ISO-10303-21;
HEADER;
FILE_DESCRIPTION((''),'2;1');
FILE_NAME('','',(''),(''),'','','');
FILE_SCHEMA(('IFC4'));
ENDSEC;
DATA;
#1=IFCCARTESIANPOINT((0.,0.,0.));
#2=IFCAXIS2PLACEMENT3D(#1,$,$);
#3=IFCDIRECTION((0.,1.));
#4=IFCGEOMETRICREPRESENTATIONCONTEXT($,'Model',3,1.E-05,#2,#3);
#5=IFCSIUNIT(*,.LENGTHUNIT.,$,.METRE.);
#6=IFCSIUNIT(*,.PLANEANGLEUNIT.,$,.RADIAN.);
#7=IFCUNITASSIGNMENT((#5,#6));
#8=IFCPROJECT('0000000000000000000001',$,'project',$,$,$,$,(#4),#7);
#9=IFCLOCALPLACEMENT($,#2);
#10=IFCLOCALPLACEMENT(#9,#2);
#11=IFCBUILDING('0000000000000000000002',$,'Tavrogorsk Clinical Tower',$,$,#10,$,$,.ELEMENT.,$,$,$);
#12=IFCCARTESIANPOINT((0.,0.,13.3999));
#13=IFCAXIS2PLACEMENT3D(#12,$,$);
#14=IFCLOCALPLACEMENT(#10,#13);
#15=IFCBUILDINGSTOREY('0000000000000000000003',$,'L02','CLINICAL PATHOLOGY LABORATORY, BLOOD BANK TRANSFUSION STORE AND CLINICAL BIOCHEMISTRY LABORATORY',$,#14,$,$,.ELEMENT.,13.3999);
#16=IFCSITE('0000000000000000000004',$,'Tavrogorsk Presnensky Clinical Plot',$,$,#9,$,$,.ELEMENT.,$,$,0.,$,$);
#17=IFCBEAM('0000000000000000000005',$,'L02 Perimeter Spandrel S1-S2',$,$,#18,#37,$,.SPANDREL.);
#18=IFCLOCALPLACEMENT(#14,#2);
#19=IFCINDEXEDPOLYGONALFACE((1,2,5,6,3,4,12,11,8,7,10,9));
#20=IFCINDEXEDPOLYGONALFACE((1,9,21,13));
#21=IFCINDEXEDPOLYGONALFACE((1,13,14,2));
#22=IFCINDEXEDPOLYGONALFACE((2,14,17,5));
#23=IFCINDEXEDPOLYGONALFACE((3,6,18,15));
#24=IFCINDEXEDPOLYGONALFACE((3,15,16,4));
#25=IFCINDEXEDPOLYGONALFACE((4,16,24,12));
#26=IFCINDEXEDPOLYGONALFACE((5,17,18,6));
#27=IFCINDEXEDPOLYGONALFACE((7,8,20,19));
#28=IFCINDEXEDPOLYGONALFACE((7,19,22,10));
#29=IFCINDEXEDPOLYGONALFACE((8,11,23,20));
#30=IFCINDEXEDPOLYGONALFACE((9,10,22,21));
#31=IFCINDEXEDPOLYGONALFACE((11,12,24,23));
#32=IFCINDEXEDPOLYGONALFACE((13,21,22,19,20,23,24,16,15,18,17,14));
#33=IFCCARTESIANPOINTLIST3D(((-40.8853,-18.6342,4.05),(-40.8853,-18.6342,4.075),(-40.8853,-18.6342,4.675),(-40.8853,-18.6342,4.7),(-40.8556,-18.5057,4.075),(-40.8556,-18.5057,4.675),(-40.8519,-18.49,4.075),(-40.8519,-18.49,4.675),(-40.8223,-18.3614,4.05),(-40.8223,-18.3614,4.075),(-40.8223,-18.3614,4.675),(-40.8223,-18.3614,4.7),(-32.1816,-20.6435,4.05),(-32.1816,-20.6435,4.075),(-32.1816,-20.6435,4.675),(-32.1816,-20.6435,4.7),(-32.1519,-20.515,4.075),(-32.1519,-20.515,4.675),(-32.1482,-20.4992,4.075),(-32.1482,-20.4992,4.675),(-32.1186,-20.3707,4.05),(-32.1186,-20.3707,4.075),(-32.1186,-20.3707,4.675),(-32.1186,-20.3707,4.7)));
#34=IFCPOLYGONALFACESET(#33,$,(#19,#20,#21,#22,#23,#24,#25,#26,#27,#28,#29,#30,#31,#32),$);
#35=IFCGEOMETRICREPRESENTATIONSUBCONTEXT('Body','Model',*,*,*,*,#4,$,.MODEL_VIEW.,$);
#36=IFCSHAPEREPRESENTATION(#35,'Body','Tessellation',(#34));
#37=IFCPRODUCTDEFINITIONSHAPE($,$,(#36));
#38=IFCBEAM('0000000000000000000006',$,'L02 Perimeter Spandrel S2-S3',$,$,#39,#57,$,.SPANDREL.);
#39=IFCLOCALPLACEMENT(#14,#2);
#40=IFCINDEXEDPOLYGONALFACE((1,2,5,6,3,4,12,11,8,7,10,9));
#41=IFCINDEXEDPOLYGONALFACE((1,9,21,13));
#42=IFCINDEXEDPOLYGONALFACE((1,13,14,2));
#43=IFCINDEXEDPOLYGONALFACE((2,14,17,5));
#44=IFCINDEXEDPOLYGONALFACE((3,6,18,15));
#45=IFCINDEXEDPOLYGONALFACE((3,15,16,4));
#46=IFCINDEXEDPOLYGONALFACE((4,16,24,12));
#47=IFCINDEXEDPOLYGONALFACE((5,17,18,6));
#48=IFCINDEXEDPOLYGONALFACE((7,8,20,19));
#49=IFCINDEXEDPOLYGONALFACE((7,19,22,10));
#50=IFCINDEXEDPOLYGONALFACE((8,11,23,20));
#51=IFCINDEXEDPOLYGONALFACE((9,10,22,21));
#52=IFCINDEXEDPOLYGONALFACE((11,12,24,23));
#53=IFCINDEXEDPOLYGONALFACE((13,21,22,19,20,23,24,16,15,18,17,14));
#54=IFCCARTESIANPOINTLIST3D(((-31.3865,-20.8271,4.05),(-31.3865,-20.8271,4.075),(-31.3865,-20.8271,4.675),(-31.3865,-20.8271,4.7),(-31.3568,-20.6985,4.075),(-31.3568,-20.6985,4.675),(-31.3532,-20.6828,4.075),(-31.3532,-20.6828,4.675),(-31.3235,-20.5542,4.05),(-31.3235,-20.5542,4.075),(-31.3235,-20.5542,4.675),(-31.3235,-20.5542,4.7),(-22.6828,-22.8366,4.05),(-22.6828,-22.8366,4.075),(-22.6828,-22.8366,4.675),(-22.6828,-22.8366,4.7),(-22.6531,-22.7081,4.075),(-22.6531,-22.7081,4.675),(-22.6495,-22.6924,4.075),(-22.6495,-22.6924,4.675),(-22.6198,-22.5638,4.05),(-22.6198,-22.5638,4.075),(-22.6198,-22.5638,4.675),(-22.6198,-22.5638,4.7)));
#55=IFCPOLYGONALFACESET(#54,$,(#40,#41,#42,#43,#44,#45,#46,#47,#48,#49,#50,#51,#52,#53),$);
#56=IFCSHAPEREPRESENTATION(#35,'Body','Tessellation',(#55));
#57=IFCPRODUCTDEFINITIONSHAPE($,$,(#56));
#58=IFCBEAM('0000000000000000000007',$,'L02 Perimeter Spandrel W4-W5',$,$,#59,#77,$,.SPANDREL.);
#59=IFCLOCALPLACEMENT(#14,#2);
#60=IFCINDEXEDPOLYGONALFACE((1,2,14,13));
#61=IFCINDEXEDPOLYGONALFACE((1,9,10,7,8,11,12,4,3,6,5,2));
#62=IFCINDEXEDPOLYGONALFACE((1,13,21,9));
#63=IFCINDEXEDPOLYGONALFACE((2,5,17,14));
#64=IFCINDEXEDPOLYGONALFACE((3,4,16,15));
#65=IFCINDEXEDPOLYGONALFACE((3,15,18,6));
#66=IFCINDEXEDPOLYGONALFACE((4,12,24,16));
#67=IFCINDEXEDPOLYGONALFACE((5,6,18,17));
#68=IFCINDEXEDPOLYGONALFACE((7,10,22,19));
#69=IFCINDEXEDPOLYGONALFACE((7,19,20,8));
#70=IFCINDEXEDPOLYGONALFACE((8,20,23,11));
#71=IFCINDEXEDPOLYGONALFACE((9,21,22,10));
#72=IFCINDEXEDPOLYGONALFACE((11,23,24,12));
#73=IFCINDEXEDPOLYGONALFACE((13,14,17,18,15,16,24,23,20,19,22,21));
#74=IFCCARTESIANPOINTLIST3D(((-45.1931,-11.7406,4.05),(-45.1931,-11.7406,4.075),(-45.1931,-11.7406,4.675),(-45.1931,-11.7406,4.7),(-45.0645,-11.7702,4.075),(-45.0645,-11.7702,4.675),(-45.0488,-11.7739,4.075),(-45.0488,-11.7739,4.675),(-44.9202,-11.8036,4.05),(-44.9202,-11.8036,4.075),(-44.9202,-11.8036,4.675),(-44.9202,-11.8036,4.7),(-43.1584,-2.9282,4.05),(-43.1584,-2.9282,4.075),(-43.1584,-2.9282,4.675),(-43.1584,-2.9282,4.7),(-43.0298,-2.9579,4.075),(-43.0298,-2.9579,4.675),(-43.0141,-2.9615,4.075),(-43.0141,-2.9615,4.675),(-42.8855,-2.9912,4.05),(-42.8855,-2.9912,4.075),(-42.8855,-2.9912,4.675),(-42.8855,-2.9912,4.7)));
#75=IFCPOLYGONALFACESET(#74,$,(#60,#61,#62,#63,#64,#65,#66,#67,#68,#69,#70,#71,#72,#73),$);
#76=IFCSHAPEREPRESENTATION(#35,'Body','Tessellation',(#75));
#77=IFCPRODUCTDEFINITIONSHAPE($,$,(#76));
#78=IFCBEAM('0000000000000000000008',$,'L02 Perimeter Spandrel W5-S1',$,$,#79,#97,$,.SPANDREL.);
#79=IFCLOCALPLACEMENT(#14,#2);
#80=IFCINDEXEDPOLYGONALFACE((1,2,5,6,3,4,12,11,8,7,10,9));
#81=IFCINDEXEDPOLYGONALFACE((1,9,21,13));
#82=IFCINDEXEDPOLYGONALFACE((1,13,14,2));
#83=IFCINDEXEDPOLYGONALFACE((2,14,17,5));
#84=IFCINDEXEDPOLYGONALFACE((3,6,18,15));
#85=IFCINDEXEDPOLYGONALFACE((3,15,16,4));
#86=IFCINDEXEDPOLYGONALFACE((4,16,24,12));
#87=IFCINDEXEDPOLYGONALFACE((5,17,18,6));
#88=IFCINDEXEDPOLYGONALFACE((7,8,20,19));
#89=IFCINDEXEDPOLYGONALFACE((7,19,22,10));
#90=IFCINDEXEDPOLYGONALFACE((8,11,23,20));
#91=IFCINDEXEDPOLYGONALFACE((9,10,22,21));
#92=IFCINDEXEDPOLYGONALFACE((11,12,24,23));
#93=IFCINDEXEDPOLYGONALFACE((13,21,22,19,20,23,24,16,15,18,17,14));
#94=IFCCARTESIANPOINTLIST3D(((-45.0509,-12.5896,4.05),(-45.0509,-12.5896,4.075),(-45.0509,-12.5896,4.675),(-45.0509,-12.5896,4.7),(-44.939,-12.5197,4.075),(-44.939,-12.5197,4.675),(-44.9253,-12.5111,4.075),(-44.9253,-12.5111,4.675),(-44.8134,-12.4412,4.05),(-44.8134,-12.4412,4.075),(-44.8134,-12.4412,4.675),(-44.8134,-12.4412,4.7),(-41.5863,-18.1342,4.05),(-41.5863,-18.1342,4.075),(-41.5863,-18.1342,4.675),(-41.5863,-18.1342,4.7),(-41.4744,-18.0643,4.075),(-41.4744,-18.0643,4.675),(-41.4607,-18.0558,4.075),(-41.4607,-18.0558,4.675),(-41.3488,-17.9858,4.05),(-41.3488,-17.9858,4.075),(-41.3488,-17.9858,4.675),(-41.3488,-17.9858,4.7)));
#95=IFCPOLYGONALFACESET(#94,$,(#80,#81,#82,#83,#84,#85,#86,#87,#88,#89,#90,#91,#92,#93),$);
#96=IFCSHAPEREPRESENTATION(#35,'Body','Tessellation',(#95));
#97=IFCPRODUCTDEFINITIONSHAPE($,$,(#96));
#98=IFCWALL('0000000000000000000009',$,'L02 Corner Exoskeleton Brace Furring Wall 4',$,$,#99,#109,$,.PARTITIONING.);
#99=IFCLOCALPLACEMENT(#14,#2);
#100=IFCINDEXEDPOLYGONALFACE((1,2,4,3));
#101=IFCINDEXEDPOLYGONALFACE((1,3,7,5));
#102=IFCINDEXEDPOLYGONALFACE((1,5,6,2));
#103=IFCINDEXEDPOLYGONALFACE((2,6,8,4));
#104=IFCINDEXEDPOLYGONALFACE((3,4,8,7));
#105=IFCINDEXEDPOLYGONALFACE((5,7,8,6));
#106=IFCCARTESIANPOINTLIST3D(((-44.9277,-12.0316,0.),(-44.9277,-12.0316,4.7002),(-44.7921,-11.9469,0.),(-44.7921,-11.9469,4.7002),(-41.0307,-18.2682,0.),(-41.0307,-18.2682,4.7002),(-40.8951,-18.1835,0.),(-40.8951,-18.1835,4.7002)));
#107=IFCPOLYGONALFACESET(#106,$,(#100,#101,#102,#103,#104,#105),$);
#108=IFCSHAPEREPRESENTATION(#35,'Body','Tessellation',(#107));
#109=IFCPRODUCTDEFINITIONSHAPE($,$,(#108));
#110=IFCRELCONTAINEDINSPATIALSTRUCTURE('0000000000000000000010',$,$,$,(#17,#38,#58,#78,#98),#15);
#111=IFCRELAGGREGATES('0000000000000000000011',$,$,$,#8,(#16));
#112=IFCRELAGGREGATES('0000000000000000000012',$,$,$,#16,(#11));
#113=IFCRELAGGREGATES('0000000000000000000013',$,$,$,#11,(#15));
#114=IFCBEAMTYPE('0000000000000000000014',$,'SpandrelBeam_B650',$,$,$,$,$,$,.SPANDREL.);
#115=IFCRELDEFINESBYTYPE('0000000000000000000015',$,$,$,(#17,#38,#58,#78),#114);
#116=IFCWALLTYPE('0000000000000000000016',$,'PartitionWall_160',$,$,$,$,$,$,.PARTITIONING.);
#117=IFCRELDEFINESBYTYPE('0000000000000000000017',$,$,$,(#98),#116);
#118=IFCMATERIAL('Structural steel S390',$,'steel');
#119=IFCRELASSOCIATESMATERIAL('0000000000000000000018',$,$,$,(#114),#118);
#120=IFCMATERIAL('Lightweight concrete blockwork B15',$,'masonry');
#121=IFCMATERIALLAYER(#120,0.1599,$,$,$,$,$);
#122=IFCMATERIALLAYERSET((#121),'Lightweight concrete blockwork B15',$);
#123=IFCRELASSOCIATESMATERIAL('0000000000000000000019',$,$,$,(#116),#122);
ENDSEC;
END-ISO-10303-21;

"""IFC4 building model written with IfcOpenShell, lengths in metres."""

from ifc_helpers import new_model, si_unit, direction, frame, frame_2d, origin, origin_2d, place, context, subcontext, project, spatial, rectangle, i_section, extrude, material, layer, layer_set, material_profile, profile_set, type_object, element, save


model = new_model("IFC4")

# Units and contexts
model_context = context("Model", 3, precision=1e-05, world=origin(), true_north=direction((0.0, 1.0)))
body_context = subcontext(model_context, "Body", "Model", "MODEL_VIEW")
ifc_project = project(units=[si_unit("LENGTHUNIT", "METRE"), si_unit("PLANEANGLEUNIT", "RADIAN")], contexts=[model_context])

# Site, building, storey
site_placement = place(None, origin())
site = spatial("IfcSite", under=ifc_project, at=site_placement, Name="Tavrogorsk Presnensky Clinical Plot", CompositionType="ELEMENT", RefElevation=0.0)
building_placement = place(site_placement, origin())
building = spatial("IfcBuilding", under=site, at=building_placement, Name="Tavrogorsk Clinical Tower", CompositionType="ELEMENT")
storey_placement = place(building_placement, frame((0.0, 0.0, 13.3999)))
storey = spatial("IfcBuildingStorey", under=building, at=storey_placement, Name="L02", Description="CLINICAL PATHOLOGY LABORATORY, BLOOD BANK TRANSFUSION STORE AND CLINICAL BIOCHEMISTRY LABORATORY", CompositionType="ELEMENT", Elevation=13.3999)

# Beams
ifc_material_1 = material(Name="Structural steel S390", Category="steel")
ifc_material_profile_1 = material_profile(ifc_material_1, i_section(OverallWidth=0.28, OverallDepth=0.6499, WebThickness=0.0161, FlangeThickness=0.0249, at=origin_2d()), Name="B-650x280x16x25")
ifc_profile_set_1 = profile_set([ifc_material_profile_1], Name="Structural steel S390")
beam_type_1 = type_object("IfcBeamType", Name="SpandrelBeam_B650", PredefinedType="SPANDREL", material=ifc_profile_set_1)
for number, where, z_axis, x_axis, name in (
    (1, (-40.8538, -18.4978, 4.375), (0.974373, -0.224939, 0.0), (0.224939, 0.974373, 0.0), "L02 Perimeter Spandrel S1-S2"),
    (2, (-31.355, -20.6907, 4.375), (0.974367, -0.224965, 0.0), (0.224965, 0.974367, 0.0), "L02 Perimeter Spandrel S2-S3"),
):
    element("IfcBeam", number, at=place(storey_placement, frame(where, z_axis=z_axis, x_axis=x_axis)), inside=storey, type_object=beam_type_1, Name=name, PredefinedType="SPANDREL", context=body_context, shape_type="SweptSolid", body=[
        extrude(i_section(OverallWidth=0.28, OverallDepth=0.6499, WebThickness=0.0161, FlangeThickness=0.0249, at=origin_2d()), origin(), (0.0, 0.0, 1.0), 8.9326),
    ])
beam_1_placement = place(storey_placement, frame((-43.022, -2.9597, 4.375), z_axis=(-0.224972, -0.974365, 0.0), x_axis=(0.974365, -0.224972, 0.0)))
element("IfcBeam", 3, at=beam_1_placement, inside=storey, type_object=beam_type_1, Name="L02 Perimeter Spandrel W4-W5", PredefinedType="SPANDREL", context=body_context, shape_type="SweptSolid", body=[
    extrude(i_section(OverallWidth=0.28, OverallDepth=0.6499, WebThickness=0.0161, FlangeThickness=0.0249, at=origin_2d()), origin(), (0.0, 0.0, 1.0), 9.0442),
])
beam_2_placement = place(storey_placement, frame((-44.9321, -12.5154, 4.375), z_axis=(0.529908, -0.848055, 0.0), x_axis=(0.848055, 0.529908, 0.0)))
element("IfcBeam", 4, at=beam_2_placement, inside=storey, type_object=beam_type_1, Name="L02 Perimeter Spandrel W5-S1", PredefinedType="SPANDREL", context=body_context, shape_type="SweptSolid", body=[
    extrude(i_section(OverallWidth=0.28, OverallDepth=0.6499, WebThickness=0.0161, FlangeThickness=0.0249, at=origin_2d()), origin(), (0.0, 0.0, 1.0), 6.5381),
])

# Wall
ifc_material_2 = material(Name="Lightweight concrete blockwork B15", Category="masonry")
ifc_layer_1 = layer(ifc_material_2, 0.1599)
ifc_layer_set_1 = layer_set([ifc_layer_1], Name="Lightweight concrete blockwork B15")
wall_type_1 = type_object("IfcWallType", Name="PartitionWall_160", PredefinedType="PARTITIONING", material=ifc_layer_set_1)
wall_1_placement = place(storey_placement, frame((-44.8599, -11.9893, 0.0), z_axis=(0.0, 0.0, 1.0), x_axis=(0.529912, -0.848052, 0.0)))
element("IfcWall", 5, at=wall_1_placement, inside=storey, type_object=wall_type_1, Name="L02 Corner Exoskeleton Brace Furring Wall 4", PredefinedType="PARTITIONING", context=body_context, shape_type="SweptSolid", body=[
    extrude(rectangle(XDim=7.354, YDim=0.1599, at=frame_2d((3.677, 0.0))), origin(), (0.0, 0.0, 1.0), 4.7002),
])

save(model, "model.ifc")
